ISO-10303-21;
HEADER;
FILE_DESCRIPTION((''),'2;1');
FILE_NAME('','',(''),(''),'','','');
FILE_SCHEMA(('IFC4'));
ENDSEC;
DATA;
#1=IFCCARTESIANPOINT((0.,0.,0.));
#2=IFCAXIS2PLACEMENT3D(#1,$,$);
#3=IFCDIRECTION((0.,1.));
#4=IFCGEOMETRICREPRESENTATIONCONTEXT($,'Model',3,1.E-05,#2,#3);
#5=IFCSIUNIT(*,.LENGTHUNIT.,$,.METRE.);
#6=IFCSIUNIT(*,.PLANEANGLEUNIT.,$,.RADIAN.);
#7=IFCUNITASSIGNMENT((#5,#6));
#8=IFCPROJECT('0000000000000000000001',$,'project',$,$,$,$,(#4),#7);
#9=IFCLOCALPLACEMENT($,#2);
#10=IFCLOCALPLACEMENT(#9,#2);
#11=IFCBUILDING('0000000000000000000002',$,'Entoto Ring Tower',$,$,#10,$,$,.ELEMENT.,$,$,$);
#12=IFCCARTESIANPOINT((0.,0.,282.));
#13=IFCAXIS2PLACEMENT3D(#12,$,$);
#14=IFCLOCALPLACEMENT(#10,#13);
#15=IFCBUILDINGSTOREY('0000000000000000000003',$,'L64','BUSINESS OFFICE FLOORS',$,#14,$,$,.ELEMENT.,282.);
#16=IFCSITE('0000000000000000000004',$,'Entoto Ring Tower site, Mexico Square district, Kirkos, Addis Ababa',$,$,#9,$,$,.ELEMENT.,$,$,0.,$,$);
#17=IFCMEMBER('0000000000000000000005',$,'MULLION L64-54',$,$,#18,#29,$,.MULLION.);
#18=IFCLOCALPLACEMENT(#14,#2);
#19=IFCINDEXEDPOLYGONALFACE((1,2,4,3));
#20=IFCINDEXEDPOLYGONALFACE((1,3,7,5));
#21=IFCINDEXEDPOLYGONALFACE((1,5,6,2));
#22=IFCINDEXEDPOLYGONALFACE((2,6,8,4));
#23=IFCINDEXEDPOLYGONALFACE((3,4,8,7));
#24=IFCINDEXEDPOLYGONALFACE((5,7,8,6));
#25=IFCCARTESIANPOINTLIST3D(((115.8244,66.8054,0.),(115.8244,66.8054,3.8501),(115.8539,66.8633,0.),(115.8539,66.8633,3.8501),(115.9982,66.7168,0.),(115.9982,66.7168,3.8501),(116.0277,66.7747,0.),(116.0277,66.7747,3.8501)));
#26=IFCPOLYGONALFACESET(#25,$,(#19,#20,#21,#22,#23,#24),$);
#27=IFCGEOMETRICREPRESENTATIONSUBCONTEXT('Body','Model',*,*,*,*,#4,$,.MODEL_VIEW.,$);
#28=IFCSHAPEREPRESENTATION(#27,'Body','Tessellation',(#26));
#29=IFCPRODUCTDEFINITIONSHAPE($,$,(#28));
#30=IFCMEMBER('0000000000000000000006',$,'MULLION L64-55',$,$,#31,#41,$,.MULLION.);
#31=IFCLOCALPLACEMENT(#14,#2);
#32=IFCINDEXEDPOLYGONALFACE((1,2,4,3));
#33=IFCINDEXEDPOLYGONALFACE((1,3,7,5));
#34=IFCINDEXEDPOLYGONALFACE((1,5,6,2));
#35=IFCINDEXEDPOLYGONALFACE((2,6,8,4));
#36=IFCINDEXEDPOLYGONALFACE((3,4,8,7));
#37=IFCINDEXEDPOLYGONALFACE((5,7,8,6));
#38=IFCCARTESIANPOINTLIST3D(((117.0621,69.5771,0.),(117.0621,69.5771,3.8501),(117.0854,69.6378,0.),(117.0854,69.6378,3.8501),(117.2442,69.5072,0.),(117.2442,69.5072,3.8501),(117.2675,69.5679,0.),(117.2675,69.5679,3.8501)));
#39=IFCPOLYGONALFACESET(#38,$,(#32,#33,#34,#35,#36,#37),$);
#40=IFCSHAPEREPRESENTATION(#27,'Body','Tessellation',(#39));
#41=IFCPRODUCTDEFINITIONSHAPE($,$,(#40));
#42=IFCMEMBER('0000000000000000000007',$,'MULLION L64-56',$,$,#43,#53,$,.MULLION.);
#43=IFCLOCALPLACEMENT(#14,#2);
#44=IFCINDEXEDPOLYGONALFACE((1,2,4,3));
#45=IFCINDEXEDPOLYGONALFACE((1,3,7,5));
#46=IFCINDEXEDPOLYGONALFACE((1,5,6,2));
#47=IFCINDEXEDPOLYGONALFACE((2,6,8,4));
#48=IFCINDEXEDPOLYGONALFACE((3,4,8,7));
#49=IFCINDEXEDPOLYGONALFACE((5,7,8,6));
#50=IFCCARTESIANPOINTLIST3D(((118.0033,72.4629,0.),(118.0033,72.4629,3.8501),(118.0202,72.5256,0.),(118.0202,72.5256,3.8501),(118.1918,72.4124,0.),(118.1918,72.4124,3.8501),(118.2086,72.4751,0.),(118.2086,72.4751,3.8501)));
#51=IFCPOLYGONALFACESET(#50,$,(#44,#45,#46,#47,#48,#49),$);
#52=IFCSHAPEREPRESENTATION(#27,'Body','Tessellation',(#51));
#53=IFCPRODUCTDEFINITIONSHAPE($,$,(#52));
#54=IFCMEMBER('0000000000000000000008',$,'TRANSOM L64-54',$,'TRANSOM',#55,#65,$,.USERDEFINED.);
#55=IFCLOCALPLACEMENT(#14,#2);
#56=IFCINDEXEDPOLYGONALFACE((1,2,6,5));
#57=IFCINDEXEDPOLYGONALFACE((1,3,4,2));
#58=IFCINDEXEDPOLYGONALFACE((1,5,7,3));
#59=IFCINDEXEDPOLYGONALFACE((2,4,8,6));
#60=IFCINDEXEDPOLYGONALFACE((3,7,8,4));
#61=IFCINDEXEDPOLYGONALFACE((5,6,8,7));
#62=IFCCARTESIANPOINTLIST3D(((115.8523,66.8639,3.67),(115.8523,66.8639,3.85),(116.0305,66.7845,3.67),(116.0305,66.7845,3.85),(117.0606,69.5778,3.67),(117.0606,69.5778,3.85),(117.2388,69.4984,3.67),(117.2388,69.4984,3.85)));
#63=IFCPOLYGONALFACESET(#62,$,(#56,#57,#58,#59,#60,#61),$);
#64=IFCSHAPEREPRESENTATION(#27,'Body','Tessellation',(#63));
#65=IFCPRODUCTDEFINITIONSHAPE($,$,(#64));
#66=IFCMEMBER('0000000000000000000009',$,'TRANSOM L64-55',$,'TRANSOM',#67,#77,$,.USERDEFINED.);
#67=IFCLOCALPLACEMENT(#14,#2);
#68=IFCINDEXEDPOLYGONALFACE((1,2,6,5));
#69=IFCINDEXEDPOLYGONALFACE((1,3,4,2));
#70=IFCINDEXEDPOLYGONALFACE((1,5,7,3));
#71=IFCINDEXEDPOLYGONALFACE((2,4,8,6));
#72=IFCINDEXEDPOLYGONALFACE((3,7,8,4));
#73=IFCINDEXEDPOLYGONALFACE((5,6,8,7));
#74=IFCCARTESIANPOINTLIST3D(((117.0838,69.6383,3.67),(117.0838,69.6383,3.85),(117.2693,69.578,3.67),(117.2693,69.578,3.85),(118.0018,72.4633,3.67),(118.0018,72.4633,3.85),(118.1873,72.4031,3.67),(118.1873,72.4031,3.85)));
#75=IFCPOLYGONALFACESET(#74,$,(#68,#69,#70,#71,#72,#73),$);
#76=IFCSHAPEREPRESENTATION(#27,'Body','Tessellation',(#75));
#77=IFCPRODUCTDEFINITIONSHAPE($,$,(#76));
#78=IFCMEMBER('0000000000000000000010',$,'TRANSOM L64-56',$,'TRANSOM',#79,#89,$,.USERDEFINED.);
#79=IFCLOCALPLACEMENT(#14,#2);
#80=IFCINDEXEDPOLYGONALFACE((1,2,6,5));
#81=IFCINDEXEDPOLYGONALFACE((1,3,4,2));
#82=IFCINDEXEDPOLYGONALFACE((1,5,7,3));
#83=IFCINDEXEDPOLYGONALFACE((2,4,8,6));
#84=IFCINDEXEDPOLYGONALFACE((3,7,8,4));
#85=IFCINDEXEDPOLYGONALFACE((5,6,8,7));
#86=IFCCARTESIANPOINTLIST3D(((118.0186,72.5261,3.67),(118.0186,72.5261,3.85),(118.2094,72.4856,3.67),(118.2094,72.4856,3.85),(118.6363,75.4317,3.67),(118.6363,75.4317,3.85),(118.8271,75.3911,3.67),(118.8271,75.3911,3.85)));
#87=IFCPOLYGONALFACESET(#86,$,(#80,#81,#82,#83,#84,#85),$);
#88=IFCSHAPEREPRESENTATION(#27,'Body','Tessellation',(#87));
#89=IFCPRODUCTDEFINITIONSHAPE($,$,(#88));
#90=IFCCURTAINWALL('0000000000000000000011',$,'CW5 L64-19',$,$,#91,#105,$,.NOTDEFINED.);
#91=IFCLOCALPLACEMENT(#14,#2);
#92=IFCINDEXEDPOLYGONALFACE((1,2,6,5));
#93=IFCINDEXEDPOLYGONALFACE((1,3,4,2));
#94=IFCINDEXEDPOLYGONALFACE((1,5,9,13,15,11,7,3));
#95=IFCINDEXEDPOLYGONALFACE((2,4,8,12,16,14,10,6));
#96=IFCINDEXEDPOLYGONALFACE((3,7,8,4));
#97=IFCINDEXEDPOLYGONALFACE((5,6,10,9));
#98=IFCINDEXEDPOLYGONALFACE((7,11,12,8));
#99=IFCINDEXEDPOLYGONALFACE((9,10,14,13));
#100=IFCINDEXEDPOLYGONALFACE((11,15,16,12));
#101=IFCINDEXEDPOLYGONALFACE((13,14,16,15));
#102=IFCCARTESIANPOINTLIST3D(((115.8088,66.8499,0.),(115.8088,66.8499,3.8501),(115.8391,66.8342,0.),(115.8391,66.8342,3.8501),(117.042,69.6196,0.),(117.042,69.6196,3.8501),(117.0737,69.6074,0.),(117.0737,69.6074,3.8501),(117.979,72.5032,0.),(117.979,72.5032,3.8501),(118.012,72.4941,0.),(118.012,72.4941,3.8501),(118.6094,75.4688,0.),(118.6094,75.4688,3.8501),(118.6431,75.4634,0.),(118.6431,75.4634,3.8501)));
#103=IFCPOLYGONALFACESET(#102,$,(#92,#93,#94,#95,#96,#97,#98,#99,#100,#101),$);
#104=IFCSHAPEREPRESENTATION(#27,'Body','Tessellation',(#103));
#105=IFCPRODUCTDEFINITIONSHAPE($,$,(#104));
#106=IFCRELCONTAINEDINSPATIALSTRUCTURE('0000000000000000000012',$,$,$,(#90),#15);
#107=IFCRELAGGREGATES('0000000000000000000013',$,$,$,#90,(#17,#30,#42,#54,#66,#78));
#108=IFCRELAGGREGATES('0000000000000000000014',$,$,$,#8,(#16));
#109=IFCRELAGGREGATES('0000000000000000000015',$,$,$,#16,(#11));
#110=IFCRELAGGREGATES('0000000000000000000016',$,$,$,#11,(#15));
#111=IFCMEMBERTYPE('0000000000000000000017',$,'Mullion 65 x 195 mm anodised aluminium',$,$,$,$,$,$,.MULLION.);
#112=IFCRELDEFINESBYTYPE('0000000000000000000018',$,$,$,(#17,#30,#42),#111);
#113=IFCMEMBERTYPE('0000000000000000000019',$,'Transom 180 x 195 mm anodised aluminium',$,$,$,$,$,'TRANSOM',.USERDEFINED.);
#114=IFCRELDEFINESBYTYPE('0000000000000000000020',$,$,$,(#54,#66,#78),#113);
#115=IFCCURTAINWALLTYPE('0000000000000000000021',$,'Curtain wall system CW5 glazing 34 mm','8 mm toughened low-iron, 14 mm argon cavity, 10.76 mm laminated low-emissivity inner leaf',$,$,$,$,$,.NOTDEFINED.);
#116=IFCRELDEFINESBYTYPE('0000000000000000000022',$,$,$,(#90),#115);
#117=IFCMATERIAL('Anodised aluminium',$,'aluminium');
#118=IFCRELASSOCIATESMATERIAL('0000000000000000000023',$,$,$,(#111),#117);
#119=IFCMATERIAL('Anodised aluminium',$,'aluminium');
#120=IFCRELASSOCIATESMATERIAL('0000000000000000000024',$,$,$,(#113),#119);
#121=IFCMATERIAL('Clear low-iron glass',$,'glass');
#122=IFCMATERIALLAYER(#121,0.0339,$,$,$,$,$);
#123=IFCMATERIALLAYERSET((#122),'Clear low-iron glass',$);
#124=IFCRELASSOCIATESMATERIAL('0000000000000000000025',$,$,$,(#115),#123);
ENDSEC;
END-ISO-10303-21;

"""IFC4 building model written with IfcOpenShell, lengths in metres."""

from ifc_helpers import new_model, si_unit, direction, frame, origin, origin_2d, place, context, subcontext, project, spatial, polyline, rectangle, outline, extrude, material, layer, layer_set, material_profile, profile_set, type_object, element, aggregate, save


model = new_model("IFC4")

# Units and contexts
model_context = context("Model", 3, precision=1e-05, world=origin(), true_north=direction((0.0, 1.0)))
body_context = subcontext(model_context, "Body", "Model", "MODEL_VIEW")
ifc_project = project(units=[si_unit("LENGTHUNIT", "METRE"), si_unit("PLANEANGLEUNIT", "RADIAN")], contexts=[model_context])

# Members
ifc_material_1 = material(Name="Anodised aluminium", Category="aluminium")
ifc_material_profile_1 = material_profile(ifc_material_1, rectangle(XDim=0.0649, YDim=0.1951, at=origin_2d()), Name="Mullion 65 x 195 mm anodised aluminium")
ifc_profile_set_1 = profile_set([ifc_material_profile_1], Name="Anodised aluminium")
member_type_1 = type_object("IfcMemberType", Name="Mullion 65 x 195 mm anodised aluminium", PredefinedType="MULLION", material=ifc_profile_set_1)
site_placement = place(None, origin())
building_placement = place(site_placement, origin())
storey_placement = place(building_placement, frame((0.0, 0.0, 282.0)))
member_1_placement = place(storey_placement, frame((115.926, 66.79, 0.0), z_axis=(0.0, 0.0, 1.0), x_axis=(0.45399, 0.891007, 0.0)))
member_1 = element("IfcMember", 1, at=member_1_placement, type_object=member_type_1, Name="MULLION L64-54", PredefinedType="MULLION", context=body_context, shape_type="SweptSolid", body=[
    extrude(rectangle(XDim=0.0649, YDim=0.1951, at=origin_2d()), origin(), (0.0, 0.0, 1.0), 3.8501),
])
member_2_placement = place(storey_placement, frame((117.1648, 69.5725, 0.0), z_axis=(0.0, 0.0, 1.0), x_axis=(0.358368, 0.93358, 0.0)))
member_2 = element("IfcMember", 2, at=member_2_placement, type_object=member_type_1, Name="MULLION L64-55", PredefinedType="MULLION", context=body_context, shape_type="SweptSolid", body=[
    extrude(rectangle(XDim=0.0649, YDim=0.1951, at=origin_2d()), origin(), (0.0, 0.0, 1.0), 3.8501),
])
member_3_placement = place(storey_placement, frame((118.106, 72.469, 0.0), z_axis=(0.0, 0.0, 1.0), x_axis=(0.258819, 0.965926, 0.0)))
member_3 = element("IfcMember", 3, at=member_3_placement, type_object=member_type_1, Name="MULLION L64-56", PredefinedType="MULLION", context=body_context, shape_type="SweptSolid", body=[
    extrude(rectangle(XDim=0.0649, YDim=0.1951, at=origin_2d()), origin(), (0.0, 0.0, 1.0), 3.8501),
])
ifc_material_2 = material(Name="Anodised aluminium", Category="aluminium")
ifc_material_profile_2 = material_profile(ifc_material_2, rectangle(XDim=0.1951, YDim=0.1799, at=origin_2d()), Name="Transom 180 x 195 mm anodised aluminium")
ifc_profile_set_2 = profile_set([ifc_material_profile_2], Name="Anodised aluminium")
member_type_2 = type_object("IfcMemberType", Name="Transom 180 x 195 mm anodised aluminium", ElementType="TRANSOM", PredefinedType="USERDEFINED", material=ifc_profile_set_2)
member_4_placement = place(storey_placement, frame((115.9414, 66.8242, 3.76), z_axis=(0.406726, 0.91355, 0.0), x_axis=(-0.91355, 0.406726, 0.0)))
member_4 = element("IfcMember", 4, at=member_4_placement, type_object=member_type_2, Name="TRANSOM L64-54", ObjectType="TRANSOM", PredefinedType="USERDEFINED", context=body_context, shape_type="SweptSolid", body=[
    extrude(rectangle(XDim=0.1951, YDim=0.1799, at=origin_2d()), origin(), (0.0, 0.0, 1.0), 2.9707),
])
member_5_placement = place(storey_placement, frame((117.1765, 69.6082, 3.76), z_axis=(0.309043, 0.951048, 0.0), x_axis=(-0.951048, 0.309043, 0.0)))
member_5 = element("IfcMember", 5, at=member_5_placement, type_object=member_type_2, Name="TRANSOM L64-55", ObjectType="TRANSOM", PredefinedType="USERDEFINED", context=body_context, shape_type="SweptSolid", body=[
    extrude(rectangle(XDim=0.1951, YDim=0.1799, at=origin_2d()), origin(), (0.0, 0.0, 1.0), 2.9705),
])
member_6_placement = place(storey_placement, frame((118.114, 72.5059, 3.76), z_axis=(0.20794, 0.978142, 0.0), x_axis=(-0.978142, 0.20794, 0.0)))
member_6 = element("IfcMember", 6, at=member_6_placement, type_object=member_type_2, Name="TRANSOM L64-56", ObjectType="TRANSOM", PredefinedType="USERDEFINED", context=body_context, shape_type="SweptSolid", body=[
    extrude(rectangle(XDim=0.1951, YDim=0.1799, at=origin_2d()), origin(), (0.0, 0.0, 1.0), 2.9705),
])

# Site, building, storey
site = spatial("IfcSite", under=ifc_project, at=site_placement, Name="Entoto Ring Tower site, Mexico Square district, Kirkos, Addis Ababa", CompositionType="ELEMENT", RefElevation=0.0)
building = spatial("IfcBuilding", under=site, at=building_placement, Name="Entoto Ring Tower", CompositionType="ELEMENT")
storey = spatial("IfcBuildingStorey", under=building, at=storey_placement, Name="L64", Description="BUSINESS OFFICE FLOORS", CompositionType="ELEMENT", Elevation=282.0)

# Curtain wall
ifc_material_3 = material(Name="Clear low-iron glass", Category="glass")
ifc_layer_1 = layer(ifc_material_3, 0.0339)
ifc_layer_set_1 = layer_set([ifc_layer_1], Name="Clear low-iron glass")
curtain_wall_type = type_object("IfcCurtainWallType", Name="Curtain wall system CW5 glazing 34 mm", Description="8 mm toughened low-iron, 14 mm argon cavity, 10.76 mm laminated low-emissivity inner leaf", PredefinedType="NOTDEFINED", material=ifc_layer_set_1)
curtain_wall_1_placement = place(storey_placement, origin())
curtain_wall_1 = element("IfcCurtainWall", 7, at=curtain_wall_1_placement, inside=storey, type_object=curtain_wall_type, Name="CW5 L64-19", PredefinedType="NOTDEFINED", context=body_context, shape_type="SweptSolid", body=[
    extrude(outline(polyline([(115.8391, 66.8342), (117.0737, 69.6074), (118.012, 72.4941), (118.6431, 75.4634), (118.6094, 75.4688), (117.979, 72.5032), (117.042, 69.6196), (115.8088, 66.8499), (115.8391, 66.8342)])), origin(), (0.0, 0.0, 1.0), 3.8501),
])
aggregate(curtain_wall_1, [member_1, member_2, member_3, member_4, member_5, member_6])

save(model, "model.ifc")
